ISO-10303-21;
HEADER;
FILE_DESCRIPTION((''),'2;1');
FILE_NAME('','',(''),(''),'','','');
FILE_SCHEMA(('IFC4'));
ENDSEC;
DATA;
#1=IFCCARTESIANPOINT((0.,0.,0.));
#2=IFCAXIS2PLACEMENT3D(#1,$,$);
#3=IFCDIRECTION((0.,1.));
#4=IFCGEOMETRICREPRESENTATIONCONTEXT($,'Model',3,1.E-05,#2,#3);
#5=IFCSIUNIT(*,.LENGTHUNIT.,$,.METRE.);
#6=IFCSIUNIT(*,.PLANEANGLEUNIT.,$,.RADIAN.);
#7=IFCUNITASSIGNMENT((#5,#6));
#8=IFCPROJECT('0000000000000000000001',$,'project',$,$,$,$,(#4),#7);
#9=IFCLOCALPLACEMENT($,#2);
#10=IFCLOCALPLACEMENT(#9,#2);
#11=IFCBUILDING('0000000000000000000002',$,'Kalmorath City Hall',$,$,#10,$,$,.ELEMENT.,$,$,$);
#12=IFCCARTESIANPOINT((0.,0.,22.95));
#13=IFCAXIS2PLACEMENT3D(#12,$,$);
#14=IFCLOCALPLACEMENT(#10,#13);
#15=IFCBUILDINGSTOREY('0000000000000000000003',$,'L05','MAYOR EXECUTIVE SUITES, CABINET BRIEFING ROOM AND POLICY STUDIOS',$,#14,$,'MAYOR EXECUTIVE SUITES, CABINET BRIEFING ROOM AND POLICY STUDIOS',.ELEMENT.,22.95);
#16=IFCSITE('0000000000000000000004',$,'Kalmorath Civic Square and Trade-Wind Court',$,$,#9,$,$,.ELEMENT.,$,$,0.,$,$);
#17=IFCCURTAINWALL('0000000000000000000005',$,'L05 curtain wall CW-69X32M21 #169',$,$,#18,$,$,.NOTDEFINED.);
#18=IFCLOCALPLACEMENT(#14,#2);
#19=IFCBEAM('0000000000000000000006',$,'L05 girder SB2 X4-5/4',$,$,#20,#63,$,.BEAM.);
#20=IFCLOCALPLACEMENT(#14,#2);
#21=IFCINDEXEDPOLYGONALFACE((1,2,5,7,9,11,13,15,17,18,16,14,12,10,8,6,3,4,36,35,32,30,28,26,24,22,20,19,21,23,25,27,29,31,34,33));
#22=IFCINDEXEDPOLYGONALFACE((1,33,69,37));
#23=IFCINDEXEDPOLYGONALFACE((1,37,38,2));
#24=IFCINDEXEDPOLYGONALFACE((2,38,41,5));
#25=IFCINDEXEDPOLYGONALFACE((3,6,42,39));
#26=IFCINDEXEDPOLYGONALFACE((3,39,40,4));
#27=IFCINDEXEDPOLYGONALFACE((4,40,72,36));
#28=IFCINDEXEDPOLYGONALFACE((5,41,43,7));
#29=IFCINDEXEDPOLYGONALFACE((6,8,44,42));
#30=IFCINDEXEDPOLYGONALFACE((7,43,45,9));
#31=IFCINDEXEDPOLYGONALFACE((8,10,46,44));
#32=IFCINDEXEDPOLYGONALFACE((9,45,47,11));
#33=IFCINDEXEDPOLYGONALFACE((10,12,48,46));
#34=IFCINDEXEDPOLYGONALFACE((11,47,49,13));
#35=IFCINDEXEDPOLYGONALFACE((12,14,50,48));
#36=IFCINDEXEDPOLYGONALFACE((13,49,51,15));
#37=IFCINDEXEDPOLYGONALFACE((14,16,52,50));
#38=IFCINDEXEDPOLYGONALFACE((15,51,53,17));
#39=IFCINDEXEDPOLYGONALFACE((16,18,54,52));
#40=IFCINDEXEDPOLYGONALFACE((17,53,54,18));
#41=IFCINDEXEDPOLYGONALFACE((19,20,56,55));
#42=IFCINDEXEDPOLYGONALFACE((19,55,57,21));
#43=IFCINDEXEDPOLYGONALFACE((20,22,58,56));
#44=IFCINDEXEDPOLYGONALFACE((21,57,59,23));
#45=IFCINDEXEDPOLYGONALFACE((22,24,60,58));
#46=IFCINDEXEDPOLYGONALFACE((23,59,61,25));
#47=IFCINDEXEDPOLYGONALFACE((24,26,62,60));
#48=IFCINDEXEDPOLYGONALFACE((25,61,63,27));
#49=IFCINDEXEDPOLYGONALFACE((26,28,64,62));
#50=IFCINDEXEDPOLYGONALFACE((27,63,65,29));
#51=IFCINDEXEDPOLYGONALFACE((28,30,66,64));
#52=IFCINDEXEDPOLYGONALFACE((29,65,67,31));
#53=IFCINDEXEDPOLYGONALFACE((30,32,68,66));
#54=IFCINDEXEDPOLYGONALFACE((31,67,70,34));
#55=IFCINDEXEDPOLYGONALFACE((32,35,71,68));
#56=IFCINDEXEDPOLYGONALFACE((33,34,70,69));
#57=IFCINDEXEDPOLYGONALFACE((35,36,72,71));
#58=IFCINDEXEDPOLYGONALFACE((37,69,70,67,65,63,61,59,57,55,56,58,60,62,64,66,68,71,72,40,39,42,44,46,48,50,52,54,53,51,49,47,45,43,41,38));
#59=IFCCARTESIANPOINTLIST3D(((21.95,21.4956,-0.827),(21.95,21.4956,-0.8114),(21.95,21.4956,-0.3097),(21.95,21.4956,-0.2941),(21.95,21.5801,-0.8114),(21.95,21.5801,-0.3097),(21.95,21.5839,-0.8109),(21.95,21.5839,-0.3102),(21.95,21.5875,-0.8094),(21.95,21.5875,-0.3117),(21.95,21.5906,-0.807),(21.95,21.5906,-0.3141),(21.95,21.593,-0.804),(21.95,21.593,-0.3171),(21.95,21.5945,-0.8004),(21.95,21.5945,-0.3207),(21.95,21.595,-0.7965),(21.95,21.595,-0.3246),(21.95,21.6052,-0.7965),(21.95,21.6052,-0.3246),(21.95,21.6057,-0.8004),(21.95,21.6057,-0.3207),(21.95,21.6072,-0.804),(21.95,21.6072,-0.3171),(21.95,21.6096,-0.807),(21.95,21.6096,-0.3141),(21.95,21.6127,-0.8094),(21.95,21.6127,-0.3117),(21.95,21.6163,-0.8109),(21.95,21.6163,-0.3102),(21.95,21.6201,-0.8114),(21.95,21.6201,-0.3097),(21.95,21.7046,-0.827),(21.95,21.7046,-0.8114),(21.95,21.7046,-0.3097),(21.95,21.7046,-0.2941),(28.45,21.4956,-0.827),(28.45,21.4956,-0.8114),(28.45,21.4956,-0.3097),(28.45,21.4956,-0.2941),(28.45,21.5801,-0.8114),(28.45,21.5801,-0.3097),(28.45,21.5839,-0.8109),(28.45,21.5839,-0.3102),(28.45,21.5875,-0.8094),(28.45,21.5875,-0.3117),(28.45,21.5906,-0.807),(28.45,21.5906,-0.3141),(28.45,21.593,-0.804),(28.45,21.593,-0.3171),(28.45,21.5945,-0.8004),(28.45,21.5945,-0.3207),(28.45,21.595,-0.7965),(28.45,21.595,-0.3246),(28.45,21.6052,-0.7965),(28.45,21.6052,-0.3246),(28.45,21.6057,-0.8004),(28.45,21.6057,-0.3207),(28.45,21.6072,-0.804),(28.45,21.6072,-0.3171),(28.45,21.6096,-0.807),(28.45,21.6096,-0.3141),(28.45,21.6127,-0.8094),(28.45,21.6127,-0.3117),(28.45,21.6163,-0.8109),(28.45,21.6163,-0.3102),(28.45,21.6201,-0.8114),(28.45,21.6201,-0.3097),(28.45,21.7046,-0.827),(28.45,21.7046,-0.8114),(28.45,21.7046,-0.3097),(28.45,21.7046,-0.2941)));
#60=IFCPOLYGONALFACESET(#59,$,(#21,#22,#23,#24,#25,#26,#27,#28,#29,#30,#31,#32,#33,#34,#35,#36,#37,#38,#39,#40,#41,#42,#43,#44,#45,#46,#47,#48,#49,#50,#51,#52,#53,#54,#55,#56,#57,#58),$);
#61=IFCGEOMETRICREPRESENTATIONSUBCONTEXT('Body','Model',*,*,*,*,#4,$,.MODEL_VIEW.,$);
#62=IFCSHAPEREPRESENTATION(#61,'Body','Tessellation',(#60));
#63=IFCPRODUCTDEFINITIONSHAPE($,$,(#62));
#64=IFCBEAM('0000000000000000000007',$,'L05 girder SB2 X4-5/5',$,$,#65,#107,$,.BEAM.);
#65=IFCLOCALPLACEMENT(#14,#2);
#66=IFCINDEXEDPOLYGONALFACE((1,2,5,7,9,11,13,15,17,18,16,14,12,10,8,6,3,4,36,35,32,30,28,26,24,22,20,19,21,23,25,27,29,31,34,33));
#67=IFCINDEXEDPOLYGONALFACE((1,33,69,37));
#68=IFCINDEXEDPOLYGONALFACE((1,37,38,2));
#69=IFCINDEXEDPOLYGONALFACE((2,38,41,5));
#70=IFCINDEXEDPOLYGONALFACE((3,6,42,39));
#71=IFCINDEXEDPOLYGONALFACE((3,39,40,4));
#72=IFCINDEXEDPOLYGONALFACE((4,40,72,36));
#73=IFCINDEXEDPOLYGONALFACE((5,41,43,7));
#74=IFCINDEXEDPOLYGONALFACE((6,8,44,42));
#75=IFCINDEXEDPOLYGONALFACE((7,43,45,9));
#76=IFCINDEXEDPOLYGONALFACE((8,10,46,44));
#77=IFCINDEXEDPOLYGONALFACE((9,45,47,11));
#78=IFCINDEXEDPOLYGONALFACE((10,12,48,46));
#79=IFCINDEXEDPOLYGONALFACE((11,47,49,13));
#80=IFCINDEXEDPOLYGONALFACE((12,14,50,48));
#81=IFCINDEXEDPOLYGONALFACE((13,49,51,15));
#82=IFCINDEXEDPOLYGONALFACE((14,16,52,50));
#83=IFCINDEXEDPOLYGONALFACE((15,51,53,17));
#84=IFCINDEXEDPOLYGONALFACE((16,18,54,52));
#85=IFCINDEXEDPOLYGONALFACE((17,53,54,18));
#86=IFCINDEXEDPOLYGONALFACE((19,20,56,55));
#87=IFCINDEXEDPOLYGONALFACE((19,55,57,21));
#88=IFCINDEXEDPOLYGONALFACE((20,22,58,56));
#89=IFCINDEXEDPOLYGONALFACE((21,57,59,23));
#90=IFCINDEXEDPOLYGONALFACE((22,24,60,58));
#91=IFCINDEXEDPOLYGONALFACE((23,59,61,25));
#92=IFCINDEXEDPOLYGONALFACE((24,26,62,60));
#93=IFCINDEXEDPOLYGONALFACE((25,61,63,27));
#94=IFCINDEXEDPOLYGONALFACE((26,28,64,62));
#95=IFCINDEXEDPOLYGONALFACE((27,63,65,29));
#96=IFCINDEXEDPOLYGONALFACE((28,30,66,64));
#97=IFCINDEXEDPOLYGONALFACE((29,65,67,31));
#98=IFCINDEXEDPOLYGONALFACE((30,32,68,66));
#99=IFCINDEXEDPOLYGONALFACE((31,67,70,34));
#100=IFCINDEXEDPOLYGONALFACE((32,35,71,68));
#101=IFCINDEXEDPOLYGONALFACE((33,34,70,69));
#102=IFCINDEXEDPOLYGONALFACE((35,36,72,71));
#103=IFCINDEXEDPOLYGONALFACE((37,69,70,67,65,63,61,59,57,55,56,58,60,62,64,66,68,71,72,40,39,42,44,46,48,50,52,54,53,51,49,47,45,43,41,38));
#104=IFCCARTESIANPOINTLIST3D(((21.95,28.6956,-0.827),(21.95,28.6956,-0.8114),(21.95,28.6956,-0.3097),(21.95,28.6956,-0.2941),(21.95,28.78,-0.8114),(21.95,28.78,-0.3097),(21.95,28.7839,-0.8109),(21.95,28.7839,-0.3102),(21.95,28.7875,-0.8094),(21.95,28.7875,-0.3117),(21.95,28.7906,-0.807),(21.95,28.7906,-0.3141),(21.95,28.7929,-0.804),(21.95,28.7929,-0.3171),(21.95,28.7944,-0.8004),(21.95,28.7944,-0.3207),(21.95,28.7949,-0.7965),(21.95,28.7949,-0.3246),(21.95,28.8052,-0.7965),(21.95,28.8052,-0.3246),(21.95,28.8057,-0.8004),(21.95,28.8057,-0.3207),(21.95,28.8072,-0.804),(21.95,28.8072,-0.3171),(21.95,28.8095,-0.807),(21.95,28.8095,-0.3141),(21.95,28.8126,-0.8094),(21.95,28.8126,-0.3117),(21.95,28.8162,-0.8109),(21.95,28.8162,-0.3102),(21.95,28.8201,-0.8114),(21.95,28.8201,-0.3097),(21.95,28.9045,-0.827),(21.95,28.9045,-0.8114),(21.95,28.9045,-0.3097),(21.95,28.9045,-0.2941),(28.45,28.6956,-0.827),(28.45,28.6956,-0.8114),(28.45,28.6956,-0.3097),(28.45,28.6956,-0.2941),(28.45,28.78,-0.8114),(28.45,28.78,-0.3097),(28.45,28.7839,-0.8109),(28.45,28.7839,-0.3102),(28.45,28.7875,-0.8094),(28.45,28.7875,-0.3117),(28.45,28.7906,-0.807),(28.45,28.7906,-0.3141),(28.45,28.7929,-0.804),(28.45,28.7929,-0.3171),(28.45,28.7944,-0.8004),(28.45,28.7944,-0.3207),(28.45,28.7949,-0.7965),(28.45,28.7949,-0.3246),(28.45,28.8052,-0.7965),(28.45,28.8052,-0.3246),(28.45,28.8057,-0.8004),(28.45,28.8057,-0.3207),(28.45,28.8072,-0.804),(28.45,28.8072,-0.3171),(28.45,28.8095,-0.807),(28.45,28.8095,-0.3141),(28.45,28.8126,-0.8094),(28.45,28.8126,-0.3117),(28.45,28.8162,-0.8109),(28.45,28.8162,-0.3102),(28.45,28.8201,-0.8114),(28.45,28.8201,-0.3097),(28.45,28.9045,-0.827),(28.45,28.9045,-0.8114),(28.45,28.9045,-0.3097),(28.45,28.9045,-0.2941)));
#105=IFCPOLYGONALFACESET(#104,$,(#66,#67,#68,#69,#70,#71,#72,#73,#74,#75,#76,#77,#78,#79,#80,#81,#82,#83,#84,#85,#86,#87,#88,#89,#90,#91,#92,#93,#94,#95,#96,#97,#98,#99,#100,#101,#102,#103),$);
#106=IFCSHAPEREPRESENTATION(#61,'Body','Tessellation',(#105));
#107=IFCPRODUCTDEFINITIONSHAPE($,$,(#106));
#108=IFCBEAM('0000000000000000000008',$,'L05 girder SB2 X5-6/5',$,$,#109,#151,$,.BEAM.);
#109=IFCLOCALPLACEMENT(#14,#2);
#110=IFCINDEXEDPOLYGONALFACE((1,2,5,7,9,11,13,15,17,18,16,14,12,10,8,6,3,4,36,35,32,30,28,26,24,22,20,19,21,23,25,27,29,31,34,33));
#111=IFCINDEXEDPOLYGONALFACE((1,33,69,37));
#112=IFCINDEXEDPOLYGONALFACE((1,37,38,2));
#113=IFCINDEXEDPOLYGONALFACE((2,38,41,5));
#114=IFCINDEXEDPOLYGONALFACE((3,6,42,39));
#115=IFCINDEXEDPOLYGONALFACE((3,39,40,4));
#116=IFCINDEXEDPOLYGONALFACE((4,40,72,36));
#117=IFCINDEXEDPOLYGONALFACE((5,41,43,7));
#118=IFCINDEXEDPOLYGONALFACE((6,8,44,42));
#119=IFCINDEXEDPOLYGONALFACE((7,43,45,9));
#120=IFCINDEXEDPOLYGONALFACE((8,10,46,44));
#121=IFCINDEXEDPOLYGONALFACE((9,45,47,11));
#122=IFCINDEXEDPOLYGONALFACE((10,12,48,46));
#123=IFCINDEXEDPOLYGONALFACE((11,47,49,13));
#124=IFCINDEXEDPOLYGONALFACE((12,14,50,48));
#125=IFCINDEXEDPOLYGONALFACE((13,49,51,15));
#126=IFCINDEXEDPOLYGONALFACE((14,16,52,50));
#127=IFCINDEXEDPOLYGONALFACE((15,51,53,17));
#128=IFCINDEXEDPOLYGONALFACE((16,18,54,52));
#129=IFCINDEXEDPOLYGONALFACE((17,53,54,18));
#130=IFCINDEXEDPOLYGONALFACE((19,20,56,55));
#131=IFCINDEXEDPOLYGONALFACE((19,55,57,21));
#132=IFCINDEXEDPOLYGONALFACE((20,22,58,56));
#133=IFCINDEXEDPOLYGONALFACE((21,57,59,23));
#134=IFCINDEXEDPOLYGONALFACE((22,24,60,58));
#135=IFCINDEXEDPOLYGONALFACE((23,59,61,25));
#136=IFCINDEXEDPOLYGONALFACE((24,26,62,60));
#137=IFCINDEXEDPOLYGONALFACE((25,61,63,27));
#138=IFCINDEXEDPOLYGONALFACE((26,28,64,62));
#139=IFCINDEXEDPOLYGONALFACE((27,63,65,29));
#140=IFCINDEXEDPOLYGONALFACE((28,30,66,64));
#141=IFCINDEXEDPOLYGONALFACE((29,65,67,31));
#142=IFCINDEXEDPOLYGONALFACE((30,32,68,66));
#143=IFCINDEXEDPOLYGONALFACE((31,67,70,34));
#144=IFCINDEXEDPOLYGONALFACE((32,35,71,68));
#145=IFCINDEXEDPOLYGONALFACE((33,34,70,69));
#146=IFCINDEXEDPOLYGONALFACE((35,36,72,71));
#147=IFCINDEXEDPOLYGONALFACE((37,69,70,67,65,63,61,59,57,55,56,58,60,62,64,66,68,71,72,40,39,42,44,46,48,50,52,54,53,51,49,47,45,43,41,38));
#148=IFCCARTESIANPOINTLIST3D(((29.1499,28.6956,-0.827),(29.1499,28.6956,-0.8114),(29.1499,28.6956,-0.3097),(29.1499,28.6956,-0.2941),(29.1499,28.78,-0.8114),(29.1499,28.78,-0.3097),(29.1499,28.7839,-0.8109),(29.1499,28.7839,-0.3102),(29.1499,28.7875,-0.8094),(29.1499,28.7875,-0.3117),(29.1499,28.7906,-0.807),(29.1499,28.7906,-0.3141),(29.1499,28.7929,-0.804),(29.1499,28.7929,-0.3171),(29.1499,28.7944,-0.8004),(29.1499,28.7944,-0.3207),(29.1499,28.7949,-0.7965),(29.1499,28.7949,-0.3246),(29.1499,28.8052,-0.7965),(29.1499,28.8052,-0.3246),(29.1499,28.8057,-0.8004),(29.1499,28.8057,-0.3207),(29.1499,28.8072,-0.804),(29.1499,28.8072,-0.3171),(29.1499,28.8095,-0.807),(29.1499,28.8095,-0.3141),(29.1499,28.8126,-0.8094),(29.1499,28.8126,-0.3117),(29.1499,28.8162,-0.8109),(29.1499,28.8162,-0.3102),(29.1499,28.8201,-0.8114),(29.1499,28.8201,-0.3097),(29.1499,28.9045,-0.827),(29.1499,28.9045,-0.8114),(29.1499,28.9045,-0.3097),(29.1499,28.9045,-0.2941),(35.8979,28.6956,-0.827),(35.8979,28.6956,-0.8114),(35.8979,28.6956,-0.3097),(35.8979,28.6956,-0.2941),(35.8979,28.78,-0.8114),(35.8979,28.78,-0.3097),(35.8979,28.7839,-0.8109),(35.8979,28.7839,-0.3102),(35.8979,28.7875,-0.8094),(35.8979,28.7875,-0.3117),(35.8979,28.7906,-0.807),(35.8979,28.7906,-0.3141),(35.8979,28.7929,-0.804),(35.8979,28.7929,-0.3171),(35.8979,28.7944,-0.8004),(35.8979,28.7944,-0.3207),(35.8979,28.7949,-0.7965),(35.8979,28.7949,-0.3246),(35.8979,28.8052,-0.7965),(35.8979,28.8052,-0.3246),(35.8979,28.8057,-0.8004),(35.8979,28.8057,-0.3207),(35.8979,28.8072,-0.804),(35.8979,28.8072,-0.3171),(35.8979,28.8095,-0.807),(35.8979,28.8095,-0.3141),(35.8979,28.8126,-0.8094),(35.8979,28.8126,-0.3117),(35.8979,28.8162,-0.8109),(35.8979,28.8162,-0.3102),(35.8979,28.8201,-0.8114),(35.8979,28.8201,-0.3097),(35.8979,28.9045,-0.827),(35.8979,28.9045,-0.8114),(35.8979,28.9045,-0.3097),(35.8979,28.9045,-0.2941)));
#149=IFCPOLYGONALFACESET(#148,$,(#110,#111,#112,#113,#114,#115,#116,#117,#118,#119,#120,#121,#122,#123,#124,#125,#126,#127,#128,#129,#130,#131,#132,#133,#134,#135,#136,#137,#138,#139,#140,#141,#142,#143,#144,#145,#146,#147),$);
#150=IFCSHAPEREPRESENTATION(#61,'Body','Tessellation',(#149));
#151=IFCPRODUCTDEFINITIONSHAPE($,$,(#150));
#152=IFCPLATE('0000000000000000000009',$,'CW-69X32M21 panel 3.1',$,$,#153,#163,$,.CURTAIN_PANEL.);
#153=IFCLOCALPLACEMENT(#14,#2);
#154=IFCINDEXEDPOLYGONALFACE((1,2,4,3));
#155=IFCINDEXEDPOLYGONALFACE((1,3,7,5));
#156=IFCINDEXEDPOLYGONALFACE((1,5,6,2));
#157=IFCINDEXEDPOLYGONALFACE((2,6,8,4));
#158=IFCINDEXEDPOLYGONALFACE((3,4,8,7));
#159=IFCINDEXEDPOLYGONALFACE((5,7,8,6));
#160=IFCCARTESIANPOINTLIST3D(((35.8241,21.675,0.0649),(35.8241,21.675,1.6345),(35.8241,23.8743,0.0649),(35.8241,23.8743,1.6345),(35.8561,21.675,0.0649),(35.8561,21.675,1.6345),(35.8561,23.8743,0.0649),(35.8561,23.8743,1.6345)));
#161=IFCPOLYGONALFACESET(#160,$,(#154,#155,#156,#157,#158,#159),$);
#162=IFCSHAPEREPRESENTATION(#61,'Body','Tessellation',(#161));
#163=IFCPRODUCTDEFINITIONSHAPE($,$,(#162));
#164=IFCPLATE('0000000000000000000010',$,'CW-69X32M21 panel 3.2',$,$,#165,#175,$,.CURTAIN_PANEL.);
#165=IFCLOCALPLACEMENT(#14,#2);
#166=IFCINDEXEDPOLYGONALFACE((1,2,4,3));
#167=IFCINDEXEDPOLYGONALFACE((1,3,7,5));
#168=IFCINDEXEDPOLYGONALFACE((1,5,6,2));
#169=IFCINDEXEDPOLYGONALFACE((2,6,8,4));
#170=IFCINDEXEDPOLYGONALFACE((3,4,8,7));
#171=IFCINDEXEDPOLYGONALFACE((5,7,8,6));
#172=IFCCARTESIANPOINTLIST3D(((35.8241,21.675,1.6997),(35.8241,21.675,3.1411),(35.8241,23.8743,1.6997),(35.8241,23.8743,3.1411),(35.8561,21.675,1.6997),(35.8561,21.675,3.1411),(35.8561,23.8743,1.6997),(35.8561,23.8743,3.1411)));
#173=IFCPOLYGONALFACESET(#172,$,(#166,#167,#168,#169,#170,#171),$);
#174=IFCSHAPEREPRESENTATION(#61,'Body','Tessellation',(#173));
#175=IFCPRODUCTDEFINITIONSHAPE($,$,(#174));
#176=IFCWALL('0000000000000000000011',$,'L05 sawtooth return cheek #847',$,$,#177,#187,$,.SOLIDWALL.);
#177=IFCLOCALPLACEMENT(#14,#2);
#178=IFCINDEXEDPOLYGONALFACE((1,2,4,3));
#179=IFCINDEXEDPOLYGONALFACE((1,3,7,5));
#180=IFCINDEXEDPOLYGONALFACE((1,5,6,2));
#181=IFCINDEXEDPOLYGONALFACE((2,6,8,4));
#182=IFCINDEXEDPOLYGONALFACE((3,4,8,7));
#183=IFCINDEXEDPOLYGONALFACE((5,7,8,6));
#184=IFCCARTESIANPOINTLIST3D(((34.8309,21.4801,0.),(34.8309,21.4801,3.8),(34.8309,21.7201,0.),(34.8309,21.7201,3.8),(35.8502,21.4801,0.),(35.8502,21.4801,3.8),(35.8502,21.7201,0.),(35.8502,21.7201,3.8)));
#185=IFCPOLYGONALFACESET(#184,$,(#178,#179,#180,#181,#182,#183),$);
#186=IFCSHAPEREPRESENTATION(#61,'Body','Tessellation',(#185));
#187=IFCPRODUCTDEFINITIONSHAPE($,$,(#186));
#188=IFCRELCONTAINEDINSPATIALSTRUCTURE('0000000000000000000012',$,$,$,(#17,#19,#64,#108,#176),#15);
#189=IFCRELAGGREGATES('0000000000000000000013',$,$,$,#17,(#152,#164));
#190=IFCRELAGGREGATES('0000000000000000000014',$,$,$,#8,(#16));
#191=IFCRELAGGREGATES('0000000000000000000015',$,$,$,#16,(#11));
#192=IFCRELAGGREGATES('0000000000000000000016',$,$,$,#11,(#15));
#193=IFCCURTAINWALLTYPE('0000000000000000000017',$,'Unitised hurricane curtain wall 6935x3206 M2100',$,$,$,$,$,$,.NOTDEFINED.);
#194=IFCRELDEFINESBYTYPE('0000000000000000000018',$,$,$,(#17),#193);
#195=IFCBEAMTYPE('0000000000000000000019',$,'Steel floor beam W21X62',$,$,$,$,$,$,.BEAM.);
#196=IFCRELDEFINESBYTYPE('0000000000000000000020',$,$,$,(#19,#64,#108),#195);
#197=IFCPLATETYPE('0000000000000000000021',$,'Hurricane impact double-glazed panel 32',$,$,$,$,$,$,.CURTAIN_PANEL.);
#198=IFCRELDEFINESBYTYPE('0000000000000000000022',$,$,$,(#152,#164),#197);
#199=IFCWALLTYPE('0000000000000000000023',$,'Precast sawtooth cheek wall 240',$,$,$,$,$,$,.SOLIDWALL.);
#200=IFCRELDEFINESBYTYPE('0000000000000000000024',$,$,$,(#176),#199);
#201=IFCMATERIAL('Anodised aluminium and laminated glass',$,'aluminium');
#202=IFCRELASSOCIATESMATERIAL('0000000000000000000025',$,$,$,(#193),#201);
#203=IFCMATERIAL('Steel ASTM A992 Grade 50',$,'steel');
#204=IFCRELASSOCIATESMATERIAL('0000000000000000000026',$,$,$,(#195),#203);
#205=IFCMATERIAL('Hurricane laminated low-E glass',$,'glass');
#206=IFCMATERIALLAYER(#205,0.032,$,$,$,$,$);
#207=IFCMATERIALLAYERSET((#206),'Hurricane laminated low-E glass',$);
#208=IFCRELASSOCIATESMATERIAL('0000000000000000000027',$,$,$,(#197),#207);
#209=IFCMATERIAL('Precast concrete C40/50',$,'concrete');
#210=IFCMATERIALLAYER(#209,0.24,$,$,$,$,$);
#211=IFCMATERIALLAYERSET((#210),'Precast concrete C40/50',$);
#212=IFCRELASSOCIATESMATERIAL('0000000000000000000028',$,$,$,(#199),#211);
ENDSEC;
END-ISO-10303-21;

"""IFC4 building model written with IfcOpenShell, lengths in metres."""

from ifc_helpers import new_model, si_unit, direction, frame, frame_2d, origin, origin_2d, place, context, subcontext, project, spatial, rectangle, i_section, extrude, material, layer, layer_set, material_profile, profile_set, type_object, element, aggregate, save


model = new_model("IFC4")

# Units and contexts
model_context = context("Model", 3, precision=1e-05, world=origin(), true_north=direction((0.0, 1.0)))
body_context = subcontext(model_context, "Body", "Model", "MODEL_VIEW")
ifc_project = project(units=[si_unit("LENGTHUNIT", "METRE"), si_unit("PLANEANGLEUNIT", "RADIAN")], contexts=[model_context])

# Site, building, storey
site_placement = place(None, origin())
site = spatial("IfcSite", under=ifc_project, at=site_placement, Name="Kalmorath Civic Square and Trade-Wind Court", CompositionType="ELEMENT", RefElevation=0.0)
building_placement = place(site_placement, origin())
building = spatial("IfcBuilding", under=site, at=building_placement, Name="Kalmorath City Hall", CompositionType="ELEMENT")
storey_placement = place(building_placement, frame((0.0, 0.0, 22.95)))
storey = spatial("IfcBuildingStorey", under=building, at=storey_placement, Name="L05", Description="MAYOR EXECUTIVE SUITES, CABINET BRIEFING ROOM AND POLICY STUDIOS", LongName="MAYOR EXECUTIVE SUITES, CABINET BRIEFING ROOM AND POLICY STUDIOS", CompositionType="ELEMENT", Elevation=22.95)

# Curtain wall
ifc_material_1 = material(Name="Anodised aluminium and laminated glass", Category="aluminium")
curtain_wall_type = type_object("IfcCurtainWallType", Name="Unitised hurricane curtain wall 6935x3206 M2100", PredefinedType="NOTDEFINED", material=ifc_material_1)
curtain_wall_placement = place(storey_placement, origin())
curtain_wall = element("IfcCurtainWall", 1, at=curtain_wall_placement, inside=storey, type_object=curtain_wall_type, Name="L05 curtain wall CW-69X32M21 #169", PredefinedType="NOTDEFINED")

# Beams
ifc_material_2 = material(Name="Steel ASTM A992 Grade 50", Category="steel")
ifc_material_profile_1 = material_profile(ifc_material_2, i_section(OverallWidth=0.209, OverallDepth=0.533, WebThickness=0.0103, FlangeThickness=0.0156, FilletRadius=0.0149, at=origin_2d()), Name="W21X62")
ifc_profile_set_1 = profile_set([ifc_material_profile_1], Name="Steel ASTM A992 Grade 50")
beam_type_1 = type_object("IfcBeamType", Name="Steel floor beam W21X62", PredefinedType="BEAM", material=ifc_profile_set_1)
for number, where, z_axis, x_axis, name in (
    (2, (21.95, 21.6001, -0.5605), (1.0, 0.0, 0.0), (0.0, 1.0, 0.0), "L05 girder SB2 X4-5/4"),
    (3, (21.95, 28.8, -0.5605), (1.0, 0.0, 0.0), (0.0, 1.0, 0.0), "L05 girder SB2 X4-5/5"),
):
    element("IfcBeam", number, at=place(storey_placement, frame(where, z_axis=z_axis, x_axis=x_axis)), inside=storey, type_object=beam_type_1, Name=name, PredefinedType="BEAM", context=body_context, shape_type="SweptSolid", body=[
        extrude(i_section(OverallWidth=0.209, OverallDepth=0.533, WebThickness=0.0103, FlangeThickness=0.0156, FilletRadius=0.0149, at=origin_2d()), origin(), (0.0, 0.0, 1.0), 6.5),
    ])
beam_1_placement = place(storey_placement, frame((29.1499, 28.8, -0.5605), z_axis=(1.0, 0.0, 0.0), x_axis=(0.0, 1.0, 0.0)))
element("IfcBeam", 4, at=beam_1_placement, inside=storey, type_object=beam_type_1, Name="L05 girder SB2 X5-6/5", PredefinedType="BEAM", context=body_context, shape_type="SweptSolid", body=[
    extrude(i_section(OverallWidth=0.209, OverallDepth=0.533, WebThickness=0.0103, FlangeThickness=0.0156, FilletRadius=0.0149, at=origin_2d()), origin(), (0.0, 0.0, 1.0), 6.748),
])

# Plates
ifc_material_3 = material(Name="Hurricane laminated low-E glass", Category="glass")
ifc_layer_1 = layer(ifc_material_3, 0.032)
ifc_layer_set_1 = layer_set([ifc_layer_1], Name="Hurricane laminated low-E glass")
plate_type = type_object("IfcPlateType", Name="Hurricane impact double-glazed panel 32", PredefinedType="CURTAIN_PANEL", material=ifc_layer_set_1)
plate_1_placement = place(storey_placement, frame((35.8401, 22.7747, 0.0649), z_axis=(0.0, 0.0, 1.0), x_axis=(0.0, -1.0, 0.0)))
plate_1 = element("IfcPlate", 5, at=plate_1_placement, type_object=plate_type, Name="CW-69X32M21 panel 3.1", PredefinedType="CURTAIN_PANEL", context=body_context, shape_type="SweptSolid", body=[
    extrude(rectangle(XDim=2.1992, YDim=0.032, at=origin_2d()), origin(), (0.0, 0.0, 1.0), 1.5696),
])
plate_2_placement = place(storey_placement, frame((35.8401, 22.7747, 1.6997), z_axis=(0.0, 0.0, 1.0), x_axis=(0.0, -1.0, 0.0)))
plate_2 = element("IfcPlate", 6, at=plate_2_placement, type_object=plate_type, Name="CW-69X32M21 panel 3.2", PredefinedType="CURTAIN_PANEL", context=body_context, shape_type="SweptSolid", body=[
    extrude(rectangle(XDim=2.1992, YDim=0.032, at=origin_2d()), origin(), (0.0, 0.0, 1.0), 1.4414),
])
aggregate(curtain_wall, [plate_1, plate_2])

# Wall
ifc_material_4 = material(Name="Precast concrete C40/50", Category="concrete")
ifc_layer_2 = layer(ifc_material_4, 0.24)
ifc_layer_set_2 = layer_set([ifc_layer_2], Name="Precast concrete C40/50")
wall_type_1 = type_object("IfcWallType", Name="Precast sawtooth cheek wall 240", PredefinedType="SOLIDWALL", material=ifc_layer_set_2)
wall_1_placement = place(storey_placement, frame((34.8308, 21.6001, 0.0), z_axis=(0.0, 0.0, 1.0), x_axis=(1.0, 0.0, 0.0)))
element("IfcWall", 7, at=wall_1_placement, inside=storey, type_object=wall_type_1, Name="L05 sawtooth return cheek #847", PredefinedType="SOLIDWALL", context=body_context, shape_type="SweptSolid", body=[
    extrude(rectangle(XDim=1.0193, YDim=0.24, at=frame_2d((0.5098, 0.0))), origin(), (0.0, 0.0, 1.0), 3.8),
])

save(model, "model.ifc")
